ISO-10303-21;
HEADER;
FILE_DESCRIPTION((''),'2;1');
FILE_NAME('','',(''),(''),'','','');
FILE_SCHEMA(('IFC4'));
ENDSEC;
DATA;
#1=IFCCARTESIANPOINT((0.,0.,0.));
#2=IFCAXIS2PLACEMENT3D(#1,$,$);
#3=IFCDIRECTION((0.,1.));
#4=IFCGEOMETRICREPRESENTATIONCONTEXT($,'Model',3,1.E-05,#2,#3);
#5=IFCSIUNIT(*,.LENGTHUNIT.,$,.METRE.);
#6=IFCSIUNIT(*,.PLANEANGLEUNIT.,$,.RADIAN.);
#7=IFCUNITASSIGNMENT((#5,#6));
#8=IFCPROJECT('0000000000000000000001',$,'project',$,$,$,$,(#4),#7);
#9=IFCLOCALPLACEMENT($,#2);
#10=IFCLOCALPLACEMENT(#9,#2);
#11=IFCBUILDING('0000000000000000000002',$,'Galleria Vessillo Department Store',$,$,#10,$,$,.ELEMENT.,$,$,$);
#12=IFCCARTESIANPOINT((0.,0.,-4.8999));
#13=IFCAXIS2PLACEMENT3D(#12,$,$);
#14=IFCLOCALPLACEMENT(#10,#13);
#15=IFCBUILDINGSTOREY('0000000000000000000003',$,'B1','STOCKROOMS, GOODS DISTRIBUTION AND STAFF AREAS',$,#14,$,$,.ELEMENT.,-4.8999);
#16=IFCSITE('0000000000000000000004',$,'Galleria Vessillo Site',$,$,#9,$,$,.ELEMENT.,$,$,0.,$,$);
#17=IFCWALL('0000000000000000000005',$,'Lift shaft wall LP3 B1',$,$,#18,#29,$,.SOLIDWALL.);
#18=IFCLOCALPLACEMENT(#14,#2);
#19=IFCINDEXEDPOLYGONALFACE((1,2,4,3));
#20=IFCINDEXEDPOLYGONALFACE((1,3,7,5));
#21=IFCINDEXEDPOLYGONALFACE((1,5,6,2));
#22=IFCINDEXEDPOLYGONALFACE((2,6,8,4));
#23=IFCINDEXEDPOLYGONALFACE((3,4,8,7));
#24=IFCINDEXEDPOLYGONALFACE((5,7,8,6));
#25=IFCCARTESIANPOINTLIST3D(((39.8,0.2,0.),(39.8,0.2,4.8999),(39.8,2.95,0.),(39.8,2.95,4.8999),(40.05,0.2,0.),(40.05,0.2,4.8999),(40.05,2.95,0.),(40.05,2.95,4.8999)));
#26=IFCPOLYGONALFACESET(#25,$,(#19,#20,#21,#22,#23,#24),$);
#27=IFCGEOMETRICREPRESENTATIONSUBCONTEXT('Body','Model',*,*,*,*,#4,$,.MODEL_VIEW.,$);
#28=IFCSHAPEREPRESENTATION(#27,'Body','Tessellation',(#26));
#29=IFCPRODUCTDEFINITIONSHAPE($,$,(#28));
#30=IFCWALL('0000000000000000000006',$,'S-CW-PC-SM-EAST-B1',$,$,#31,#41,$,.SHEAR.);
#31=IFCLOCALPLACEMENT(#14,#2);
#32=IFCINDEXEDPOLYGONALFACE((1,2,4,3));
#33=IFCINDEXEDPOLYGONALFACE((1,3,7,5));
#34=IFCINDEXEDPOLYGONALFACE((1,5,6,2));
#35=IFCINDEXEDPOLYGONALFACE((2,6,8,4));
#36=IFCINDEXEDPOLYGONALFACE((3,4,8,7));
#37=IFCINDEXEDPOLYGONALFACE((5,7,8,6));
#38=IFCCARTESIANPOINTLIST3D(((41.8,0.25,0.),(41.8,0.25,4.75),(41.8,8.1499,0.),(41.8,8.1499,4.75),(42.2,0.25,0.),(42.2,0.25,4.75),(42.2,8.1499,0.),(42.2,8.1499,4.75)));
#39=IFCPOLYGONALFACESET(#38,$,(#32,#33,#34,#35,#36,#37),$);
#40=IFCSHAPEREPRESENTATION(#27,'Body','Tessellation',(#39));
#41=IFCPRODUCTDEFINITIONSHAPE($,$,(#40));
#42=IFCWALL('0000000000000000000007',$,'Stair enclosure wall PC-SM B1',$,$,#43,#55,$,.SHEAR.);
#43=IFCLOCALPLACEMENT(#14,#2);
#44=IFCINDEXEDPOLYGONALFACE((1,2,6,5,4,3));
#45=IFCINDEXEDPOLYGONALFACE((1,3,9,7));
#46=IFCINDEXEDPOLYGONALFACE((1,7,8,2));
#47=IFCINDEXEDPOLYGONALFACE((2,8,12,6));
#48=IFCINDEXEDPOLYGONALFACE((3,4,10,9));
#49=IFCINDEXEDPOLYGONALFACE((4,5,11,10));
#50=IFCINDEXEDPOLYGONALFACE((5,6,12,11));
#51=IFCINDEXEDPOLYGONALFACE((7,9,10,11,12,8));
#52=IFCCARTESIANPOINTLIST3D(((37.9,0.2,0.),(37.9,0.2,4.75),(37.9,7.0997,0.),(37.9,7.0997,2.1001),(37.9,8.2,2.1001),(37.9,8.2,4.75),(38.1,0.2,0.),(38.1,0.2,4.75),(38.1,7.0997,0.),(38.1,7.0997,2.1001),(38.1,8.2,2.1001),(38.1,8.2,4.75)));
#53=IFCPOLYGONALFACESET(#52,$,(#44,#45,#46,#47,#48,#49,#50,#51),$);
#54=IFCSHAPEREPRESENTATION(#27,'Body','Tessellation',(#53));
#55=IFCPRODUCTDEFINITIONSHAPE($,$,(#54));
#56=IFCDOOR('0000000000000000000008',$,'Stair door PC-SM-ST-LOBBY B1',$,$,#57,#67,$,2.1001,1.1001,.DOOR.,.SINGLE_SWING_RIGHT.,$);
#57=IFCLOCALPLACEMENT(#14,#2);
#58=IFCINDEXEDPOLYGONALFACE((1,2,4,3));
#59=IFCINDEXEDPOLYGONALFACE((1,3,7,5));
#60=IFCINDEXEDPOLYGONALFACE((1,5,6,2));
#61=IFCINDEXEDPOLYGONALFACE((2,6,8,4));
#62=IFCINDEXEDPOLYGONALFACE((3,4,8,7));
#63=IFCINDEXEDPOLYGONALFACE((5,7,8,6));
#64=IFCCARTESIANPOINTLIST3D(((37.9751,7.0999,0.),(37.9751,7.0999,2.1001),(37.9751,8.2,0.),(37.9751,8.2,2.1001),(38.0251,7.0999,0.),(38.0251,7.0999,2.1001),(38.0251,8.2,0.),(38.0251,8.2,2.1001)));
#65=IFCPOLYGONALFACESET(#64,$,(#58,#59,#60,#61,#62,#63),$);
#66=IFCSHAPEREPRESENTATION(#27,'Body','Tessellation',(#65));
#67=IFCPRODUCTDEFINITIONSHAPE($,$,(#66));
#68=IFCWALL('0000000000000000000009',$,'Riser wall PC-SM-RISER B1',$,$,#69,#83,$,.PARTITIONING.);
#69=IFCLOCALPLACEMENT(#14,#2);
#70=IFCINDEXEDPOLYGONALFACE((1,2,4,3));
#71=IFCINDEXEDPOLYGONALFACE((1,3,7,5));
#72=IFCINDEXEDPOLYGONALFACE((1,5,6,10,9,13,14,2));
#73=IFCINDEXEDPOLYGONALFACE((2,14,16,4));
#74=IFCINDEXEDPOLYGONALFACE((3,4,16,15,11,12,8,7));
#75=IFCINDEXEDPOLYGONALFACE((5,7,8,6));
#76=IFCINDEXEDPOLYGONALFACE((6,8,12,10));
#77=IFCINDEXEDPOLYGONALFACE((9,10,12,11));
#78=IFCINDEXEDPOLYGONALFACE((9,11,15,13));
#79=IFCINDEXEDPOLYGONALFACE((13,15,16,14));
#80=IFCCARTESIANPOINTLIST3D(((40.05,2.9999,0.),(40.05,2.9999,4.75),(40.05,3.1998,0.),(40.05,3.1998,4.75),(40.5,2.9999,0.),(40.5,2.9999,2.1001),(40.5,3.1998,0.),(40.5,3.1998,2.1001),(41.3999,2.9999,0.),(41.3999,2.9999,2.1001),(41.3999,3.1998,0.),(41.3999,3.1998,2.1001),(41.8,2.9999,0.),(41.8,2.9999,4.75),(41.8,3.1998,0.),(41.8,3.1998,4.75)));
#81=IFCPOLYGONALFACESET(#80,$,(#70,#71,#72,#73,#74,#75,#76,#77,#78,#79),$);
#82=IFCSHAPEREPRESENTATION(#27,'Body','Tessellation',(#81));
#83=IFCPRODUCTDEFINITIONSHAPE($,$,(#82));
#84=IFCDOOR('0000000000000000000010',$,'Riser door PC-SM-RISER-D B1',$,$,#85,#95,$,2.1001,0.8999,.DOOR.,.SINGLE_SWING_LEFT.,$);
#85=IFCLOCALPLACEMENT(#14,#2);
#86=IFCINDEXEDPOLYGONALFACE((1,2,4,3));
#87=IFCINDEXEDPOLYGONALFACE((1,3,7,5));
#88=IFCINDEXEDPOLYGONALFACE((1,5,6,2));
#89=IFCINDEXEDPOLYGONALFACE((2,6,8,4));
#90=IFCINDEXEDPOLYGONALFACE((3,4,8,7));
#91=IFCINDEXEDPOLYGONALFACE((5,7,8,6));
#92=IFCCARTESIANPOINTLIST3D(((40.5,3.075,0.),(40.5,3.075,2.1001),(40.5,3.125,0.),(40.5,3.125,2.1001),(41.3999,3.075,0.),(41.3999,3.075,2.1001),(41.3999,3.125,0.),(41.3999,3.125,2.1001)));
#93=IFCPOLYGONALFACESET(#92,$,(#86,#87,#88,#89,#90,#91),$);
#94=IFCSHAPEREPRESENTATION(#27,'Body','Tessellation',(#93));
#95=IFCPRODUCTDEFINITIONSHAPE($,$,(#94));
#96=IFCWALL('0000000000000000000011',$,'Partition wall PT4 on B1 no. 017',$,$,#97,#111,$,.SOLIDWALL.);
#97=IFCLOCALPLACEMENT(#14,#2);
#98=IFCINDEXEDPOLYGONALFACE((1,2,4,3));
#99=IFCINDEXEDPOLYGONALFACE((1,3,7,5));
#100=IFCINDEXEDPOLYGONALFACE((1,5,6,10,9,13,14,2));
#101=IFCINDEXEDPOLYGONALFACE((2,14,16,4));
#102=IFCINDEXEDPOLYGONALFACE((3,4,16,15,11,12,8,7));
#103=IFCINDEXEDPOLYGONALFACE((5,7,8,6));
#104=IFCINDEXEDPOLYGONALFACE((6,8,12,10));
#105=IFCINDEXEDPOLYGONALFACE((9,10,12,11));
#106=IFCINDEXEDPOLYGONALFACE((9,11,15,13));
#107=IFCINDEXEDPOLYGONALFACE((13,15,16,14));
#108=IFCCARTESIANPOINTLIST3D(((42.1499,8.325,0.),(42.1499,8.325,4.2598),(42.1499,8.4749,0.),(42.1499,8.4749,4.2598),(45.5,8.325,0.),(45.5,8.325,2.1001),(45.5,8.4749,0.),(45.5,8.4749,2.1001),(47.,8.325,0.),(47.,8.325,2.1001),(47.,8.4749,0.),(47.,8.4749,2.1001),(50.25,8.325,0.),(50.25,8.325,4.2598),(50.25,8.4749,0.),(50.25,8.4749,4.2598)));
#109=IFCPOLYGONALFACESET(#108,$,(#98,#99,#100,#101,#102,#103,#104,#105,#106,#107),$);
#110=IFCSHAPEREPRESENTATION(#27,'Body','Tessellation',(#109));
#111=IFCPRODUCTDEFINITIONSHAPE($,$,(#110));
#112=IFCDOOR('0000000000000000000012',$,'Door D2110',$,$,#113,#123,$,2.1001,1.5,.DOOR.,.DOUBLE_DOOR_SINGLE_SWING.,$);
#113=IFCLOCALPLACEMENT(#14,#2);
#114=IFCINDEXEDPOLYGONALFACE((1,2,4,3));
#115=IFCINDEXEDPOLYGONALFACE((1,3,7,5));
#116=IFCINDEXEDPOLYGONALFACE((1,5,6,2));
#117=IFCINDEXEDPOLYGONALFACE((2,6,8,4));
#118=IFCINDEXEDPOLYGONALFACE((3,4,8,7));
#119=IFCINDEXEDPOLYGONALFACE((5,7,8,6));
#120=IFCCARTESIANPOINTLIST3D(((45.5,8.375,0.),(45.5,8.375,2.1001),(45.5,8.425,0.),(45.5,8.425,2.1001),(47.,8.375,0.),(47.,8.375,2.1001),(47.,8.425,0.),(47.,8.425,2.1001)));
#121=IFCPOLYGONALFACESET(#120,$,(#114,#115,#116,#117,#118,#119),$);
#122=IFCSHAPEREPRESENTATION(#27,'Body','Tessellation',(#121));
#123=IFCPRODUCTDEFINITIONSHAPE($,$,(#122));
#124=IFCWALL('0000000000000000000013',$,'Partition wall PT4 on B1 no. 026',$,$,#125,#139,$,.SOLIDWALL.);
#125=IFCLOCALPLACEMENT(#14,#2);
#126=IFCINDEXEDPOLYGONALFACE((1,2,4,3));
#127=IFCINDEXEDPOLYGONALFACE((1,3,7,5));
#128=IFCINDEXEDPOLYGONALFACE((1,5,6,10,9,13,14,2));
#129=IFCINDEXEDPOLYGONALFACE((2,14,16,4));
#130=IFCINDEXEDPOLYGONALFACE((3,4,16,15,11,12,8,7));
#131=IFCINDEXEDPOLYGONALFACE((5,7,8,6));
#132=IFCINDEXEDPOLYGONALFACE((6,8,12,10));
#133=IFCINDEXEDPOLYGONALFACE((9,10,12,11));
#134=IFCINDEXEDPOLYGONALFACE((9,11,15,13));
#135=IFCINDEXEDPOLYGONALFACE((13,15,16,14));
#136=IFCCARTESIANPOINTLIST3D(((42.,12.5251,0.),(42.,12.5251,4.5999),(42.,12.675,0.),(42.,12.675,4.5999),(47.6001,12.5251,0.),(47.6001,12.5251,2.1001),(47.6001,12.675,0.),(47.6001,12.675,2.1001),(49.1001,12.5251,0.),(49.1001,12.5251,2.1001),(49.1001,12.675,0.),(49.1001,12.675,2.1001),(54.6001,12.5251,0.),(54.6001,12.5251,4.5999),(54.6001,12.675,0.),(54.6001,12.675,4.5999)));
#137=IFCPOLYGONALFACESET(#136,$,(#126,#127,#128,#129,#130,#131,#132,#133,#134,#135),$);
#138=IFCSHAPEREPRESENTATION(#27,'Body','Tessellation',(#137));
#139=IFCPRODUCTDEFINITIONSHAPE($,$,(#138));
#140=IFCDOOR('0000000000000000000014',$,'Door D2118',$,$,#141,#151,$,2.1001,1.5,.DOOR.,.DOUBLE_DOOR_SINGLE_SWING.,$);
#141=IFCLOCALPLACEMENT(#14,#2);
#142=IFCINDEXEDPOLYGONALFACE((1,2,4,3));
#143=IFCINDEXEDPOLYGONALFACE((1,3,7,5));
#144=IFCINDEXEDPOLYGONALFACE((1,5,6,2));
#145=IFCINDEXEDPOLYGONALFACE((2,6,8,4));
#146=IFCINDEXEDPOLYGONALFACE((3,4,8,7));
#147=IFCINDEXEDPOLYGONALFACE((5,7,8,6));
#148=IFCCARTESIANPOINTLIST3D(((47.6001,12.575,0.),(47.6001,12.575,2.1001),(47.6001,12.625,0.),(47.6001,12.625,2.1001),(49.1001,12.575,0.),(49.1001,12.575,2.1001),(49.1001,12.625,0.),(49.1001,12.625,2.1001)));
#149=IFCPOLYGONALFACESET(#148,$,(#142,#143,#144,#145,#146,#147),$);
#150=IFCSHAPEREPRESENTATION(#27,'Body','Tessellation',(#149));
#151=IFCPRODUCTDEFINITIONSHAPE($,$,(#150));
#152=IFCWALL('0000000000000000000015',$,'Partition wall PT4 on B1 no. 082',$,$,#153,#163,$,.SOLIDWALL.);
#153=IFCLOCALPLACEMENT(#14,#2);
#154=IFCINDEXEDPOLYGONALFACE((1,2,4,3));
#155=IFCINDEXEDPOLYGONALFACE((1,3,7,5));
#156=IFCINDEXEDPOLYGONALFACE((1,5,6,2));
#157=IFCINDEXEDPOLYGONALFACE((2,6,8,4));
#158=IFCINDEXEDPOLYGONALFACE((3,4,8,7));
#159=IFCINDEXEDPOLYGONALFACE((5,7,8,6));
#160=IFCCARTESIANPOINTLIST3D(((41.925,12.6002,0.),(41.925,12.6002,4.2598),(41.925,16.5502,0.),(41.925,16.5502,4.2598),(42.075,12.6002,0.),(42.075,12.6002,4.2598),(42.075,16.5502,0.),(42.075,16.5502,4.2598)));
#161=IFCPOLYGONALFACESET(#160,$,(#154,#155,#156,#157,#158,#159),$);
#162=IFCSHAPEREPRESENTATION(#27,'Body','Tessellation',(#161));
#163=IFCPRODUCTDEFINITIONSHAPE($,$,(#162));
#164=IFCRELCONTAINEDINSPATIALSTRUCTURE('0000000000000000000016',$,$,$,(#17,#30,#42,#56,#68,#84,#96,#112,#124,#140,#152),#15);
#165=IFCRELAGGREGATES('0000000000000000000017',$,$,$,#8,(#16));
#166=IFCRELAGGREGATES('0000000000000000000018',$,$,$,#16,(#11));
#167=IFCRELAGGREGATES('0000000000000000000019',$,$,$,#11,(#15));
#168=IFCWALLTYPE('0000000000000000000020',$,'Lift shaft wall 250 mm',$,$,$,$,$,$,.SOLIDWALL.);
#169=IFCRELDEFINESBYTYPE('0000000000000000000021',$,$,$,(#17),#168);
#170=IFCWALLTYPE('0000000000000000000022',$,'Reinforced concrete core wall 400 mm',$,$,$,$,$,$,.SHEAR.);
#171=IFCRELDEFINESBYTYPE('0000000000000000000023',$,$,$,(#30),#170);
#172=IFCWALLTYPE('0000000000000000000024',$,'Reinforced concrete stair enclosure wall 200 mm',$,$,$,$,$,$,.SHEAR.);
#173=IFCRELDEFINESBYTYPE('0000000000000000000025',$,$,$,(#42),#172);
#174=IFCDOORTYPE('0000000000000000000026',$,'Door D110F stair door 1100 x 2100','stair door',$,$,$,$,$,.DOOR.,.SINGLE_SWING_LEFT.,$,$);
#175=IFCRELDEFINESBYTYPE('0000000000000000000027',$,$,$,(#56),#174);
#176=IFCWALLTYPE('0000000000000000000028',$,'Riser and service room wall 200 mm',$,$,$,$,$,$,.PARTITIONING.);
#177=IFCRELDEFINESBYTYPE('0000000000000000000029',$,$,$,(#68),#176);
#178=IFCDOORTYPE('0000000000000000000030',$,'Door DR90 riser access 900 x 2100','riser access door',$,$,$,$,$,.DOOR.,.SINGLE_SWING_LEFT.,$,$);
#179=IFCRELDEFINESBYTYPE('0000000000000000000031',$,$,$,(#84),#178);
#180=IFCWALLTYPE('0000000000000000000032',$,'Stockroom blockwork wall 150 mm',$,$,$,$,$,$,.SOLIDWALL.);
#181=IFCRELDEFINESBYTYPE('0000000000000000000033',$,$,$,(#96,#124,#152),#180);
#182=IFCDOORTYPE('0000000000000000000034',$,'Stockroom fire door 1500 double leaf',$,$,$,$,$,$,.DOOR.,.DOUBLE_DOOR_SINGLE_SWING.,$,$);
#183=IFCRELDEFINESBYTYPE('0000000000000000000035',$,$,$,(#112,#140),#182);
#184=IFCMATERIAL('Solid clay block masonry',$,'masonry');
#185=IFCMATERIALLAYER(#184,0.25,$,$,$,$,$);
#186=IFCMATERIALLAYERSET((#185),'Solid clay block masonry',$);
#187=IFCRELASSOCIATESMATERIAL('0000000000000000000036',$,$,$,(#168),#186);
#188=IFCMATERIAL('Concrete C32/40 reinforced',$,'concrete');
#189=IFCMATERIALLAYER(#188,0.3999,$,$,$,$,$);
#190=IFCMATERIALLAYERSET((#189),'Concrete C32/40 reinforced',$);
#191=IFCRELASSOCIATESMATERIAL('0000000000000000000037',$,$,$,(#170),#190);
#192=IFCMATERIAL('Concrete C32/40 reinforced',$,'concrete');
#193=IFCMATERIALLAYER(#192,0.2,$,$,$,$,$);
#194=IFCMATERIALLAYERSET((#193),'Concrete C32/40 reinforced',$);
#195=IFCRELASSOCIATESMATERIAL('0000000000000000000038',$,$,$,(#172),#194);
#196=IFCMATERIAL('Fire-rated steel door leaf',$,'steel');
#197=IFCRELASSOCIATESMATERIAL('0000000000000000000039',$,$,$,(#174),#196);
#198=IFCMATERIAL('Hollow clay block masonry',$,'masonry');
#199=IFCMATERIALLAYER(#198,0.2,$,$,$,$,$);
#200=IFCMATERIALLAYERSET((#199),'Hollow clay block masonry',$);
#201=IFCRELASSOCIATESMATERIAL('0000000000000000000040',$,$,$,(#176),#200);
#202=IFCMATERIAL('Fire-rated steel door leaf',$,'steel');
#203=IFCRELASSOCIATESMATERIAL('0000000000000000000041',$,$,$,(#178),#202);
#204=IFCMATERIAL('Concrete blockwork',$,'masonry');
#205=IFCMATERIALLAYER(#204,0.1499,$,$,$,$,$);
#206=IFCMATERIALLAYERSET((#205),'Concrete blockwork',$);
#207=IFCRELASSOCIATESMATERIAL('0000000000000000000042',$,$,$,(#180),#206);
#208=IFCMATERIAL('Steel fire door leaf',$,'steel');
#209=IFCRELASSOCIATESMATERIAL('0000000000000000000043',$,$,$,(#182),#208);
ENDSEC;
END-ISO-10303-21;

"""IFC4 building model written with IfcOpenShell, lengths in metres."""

from ifc_helpers import new_model, si_unit, direction, frame, frame_2d, origin, place, context, subcontext, project, spatial, rectangle, extrude, material, layer, layer_set, type_object, element, fill, save


model = new_model("IFC4")

# Units and contexts
model_context = context("Model", 3, precision=1e-05, world=origin(), true_north=direction((0.0, 1.0)))
body_context = subcontext(model_context, "Body", "Model", "MODEL_VIEW")
ifc_project = project(units=[si_unit("LENGTHUNIT", "METRE"), si_unit("PLANEANGLEUNIT", "RADIAN")], contexts=[model_context])

# Site, building, storey
site_placement = place(None, origin())
site = spatial("IfcSite", under=ifc_project, at=site_placement, Name="Galleria Vessillo Site", CompositionType="ELEMENT", RefElevation=0.0)
building_placement = place(site_placement, origin())
building = spatial("IfcBuilding", under=site, at=building_placement, Name="Galleria Vessillo Department Store", CompositionType="ELEMENT")
storey_placement = place(building_placement, frame((0.0, 0.0, -4.8999)))
storey = spatial("IfcBuildingStorey", under=building, at=storey_placement, Name="B1", Description="STOCKROOMS, GOODS DISTRIBUTION AND STAFF AREAS", CompositionType="ELEMENT", Elevation=-4.8999)

# Shared definitions
ifc_material_1 = material(Name="Solid clay block masonry", Category="masonry")
ifc_layer_1 = layer(ifc_material_1, 0.25)
ifc_layer_set_1 = layer_set([ifc_layer_1], Name="Solid clay block masonry")
wall_type_1 = type_object("IfcWallType", Name="Lift shaft wall 250 mm", PredefinedType="SOLIDWALL", material=ifc_layer_set_1)

# Walls
wall_1_placement = place(storey_placement, frame((39.925, 0.2, 0.0), z_axis=(0.0, 0.0, 1.0), x_axis=(0.0, 1.0, 0.0)))
element("IfcWall", 1, at=wall_1_placement, inside=storey, type_object=wall_type_1, Name="Lift shaft wall LP3 B1", PredefinedType="SOLIDWALL", context=body_context, shape_type="SweptSolid", body=[
    extrude(rectangle(XDim=2.75, YDim=0.25, at=frame_2d((1.375, 0.0))), origin(), (0.0, 0.0, 1.0), 4.8999),
])
ifc_material_2 = material(Name="Concrete C32/40 reinforced", Category="concrete")
ifc_layer_2 = layer(ifc_material_2, 0.3999)
ifc_layer_set_2 = layer_set([ifc_layer_2], Name="Concrete C32/40 reinforced")
wall_type_2 = type_object("IfcWallType", Name="Reinforced concrete core wall 400 mm", PredefinedType="SHEAR", material=ifc_layer_set_2)
wall_2_placement = place(storey_placement, frame((42.0, 0.25, 0.0), z_axis=(0.0, 0.0, 1.0), x_axis=(0.0, 1.0, 0.0)))
element("IfcWall", 2, at=wall_2_placement, inside=storey, type_object=wall_type_2, Name="S-CW-PC-SM-EAST-B1", PredefinedType="SHEAR", context=body_context, shape_type="SweptSolid", body=[
    extrude(rectangle(XDim=7.8999, YDim=0.3999, at=frame_2d((3.95, 0.0))), origin(), (0.0, 0.0, 1.0), 4.75),
])

# Walls, openings, doors
ifc_material_3 = material(Name="Concrete C32/40 reinforced", Category="concrete")
ifc_layer_3 = layer(ifc_material_3, 0.2)
ifc_layer_set_3 = layer_set([ifc_layer_3], Name="Concrete C32/40 reinforced")
wall_type_3 = type_object("IfcWallType", Name="Reinforced concrete stair enclosure wall 200 mm", PredefinedType="SHEAR", material=ifc_layer_set_3)
wall_3_placement = place(storey_placement, frame((38.0, 0.2, 0.0), z_axis=(0.0, 0.0, 1.0), x_axis=(0.0, 1.0, 0.0)))
wall_3 = element("IfcWall", 3, at=wall_3_placement, inside=storey, type_object=wall_type_3, Name="Stair enclosure wall PC-SM B1", PredefinedType="SHEAR", context=body_context, shape_type="SweptSolid", body=[
    extrude(rectangle(XDim=8.0, YDim=0.2, at=frame_2d((4.0, 0.0))), origin(), (0.0, 0.0, 1.0), 4.75),
])
opening_1_placement = place(wall_3_placement, frame((6.8999, 0.0, 0.0)))
opening_1 = element("IfcOpeningElement", 4, at=opening_1_placement, cuts=wall_3, PredefinedType="OPENING", context=body_context, shape_type="SweptSolid", body=[
    extrude(rectangle(XDim=1.1101, YDim=2.1001, at=frame_2d((0.5549, 1.05))), frame((0.0, 0.1099, 0.0), z_axis=(0.0, -1.0, 0.0), x_axis=(1.0, 0.0, 0.0)), (0.0, 0.0, 1.0), 0.22),
])
ifc_material_4 = material(Name="Fire-rated steel door leaf", Category="steel")
door_type_1 = type_object("IfcDoorType", Name="Door D110F stair door 1100 x 2100", Description="stair door", OperationType="SINGLE_SWING_LEFT", PredefinedType="DOOR", material=ifc_material_4)
door_1_placement = place(opening_1_placement, origin())
door_1 = element("IfcDoor", 5, at=door_1_placement, inside=storey, type_object=door_type_1, Name="Stair door PC-SM-ST-LOBBY B1", OperationType="SINGLE_SWING_RIGHT", OverallHeight=2.1001, OverallWidth=1.1001, PredefinedType="DOOR", context=body_context, shape_type="SweptSolid", body=[
    extrude(rectangle(XDim=1.1001, YDim=2.1001, at=frame_2d((0.55, 1.05))), frame((0.0, 0.0249, 0.0), z_axis=(0.0, -1.0, 0.0), x_axis=(1.0, 0.0, 0.0)), (0.0, 0.0, 1.0), 0.05),
])
fill(opening_1, door_1)
ifc_material_5 = material(Name="Hollow clay block masonry", Category="masonry")
ifc_layer_4 = layer(ifc_material_5, 0.2)
ifc_layer_set_4 = layer_set([ifc_layer_4], Name="Hollow clay block masonry")
wall_type_4 = type_object("IfcWallType", Name="Riser and service room wall 200 mm", PredefinedType="PARTITIONING", material=ifc_layer_set_4)
wall_4_placement = place(storey_placement, frame((40.05, 3.0999, 0.0), z_axis=(0.0, 0.0, 1.0), x_axis=(1.0, 0.0, 0.0)))
wall_4 = element("IfcWall", 6, at=wall_4_placement, inside=storey, type_object=wall_type_4, Name="Riser wall PC-SM-RISER B1", PredefinedType="PARTITIONING", context=body_context, shape_type="SweptSolid", body=[
    extrude(rectangle(XDim=1.75, YDim=0.2, at=frame_2d((0.875, 0.0))), origin(), (0.0, 0.0, 1.0), 4.75),
])
opening_2_placement = place(wall_4_placement, frame((0.45, 0.0, 0.0)))
opening_2 = element("IfcOpeningElement", 7, at=opening_2_placement, cuts=wall_4, PredefinedType="OPENING", context=body_context, shape_type="SweptSolid", body=[
    extrude(rectangle(XDim=0.8999, YDim=2.1001, at=frame_2d((0.45, 1.05))), frame((0.0, 0.1099, 0.0), z_axis=(0.0, -1.0, 0.0), x_axis=(1.0, 0.0, 0.0)), (0.0, 0.0, 1.0), 0.22),
])
ifc_material_6 = material(Name="Fire-rated steel door leaf", Category="steel")
door_type_2 = type_object("IfcDoorType", Name="Door DR90 riser access 900 x 2100", Description="riser access door", OperationType="SINGLE_SWING_LEFT", PredefinedType="DOOR", material=ifc_material_6)
door_2_placement = place(opening_2_placement, frame((0.8999, 0.0, 0.0), z_axis=(0.0, 0.0, 1.0), x_axis=(-1.0, 0.0, 0.0)))
door_2 = element("IfcDoor", 8, at=door_2_placement, inside=storey, type_object=door_type_2, Name="Riser door PC-SM-RISER-D B1", OperationType="SINGLE_SWING_LEFT", OverallHeight=2.1001, OverallWidth=0.8999, PredefinedType="DOOR", context=body_context, shape_type="SweptSolid", body=[
    extrude(rectangle(XDim=0.8999, YDim=2.1001, at=frame_2d((0.45, 1.05))), frame((0.0, 0.0249, 0.0), z_axis=(0.0, -1.0, 0.0), x_axis=(1.0, 0.0, 0.0)), (0.0, 0.0, 1.0), 0.05),
])
fill(opening_2, door_2)
ifc_material_7 = material(Name="Concrete blockwork", Category="masonry")
ifc_layer_5 = layer(ifc_material_7, 0.1499)
ifc_layer_set_5 = layer_set([ifc_layer_5], Name="Concrete blockwork")
wall_type_5 = type_object("IfcWallType", Name="Stockroom blockwork wall 150 mm", PredefinedType="SOLIDWALL", material=ifc_layer_set_5)
wall_5_placement = place(storey_placement, frame((42.1499, 8.3999, 0.0), z_axis=(0.0, 0.0, 1.0), x_axis=(1.0, 0.0, 0.0)))
wall_5 = element("IfcWall", 9, at=wall_5_placement, inside=storey, type_object=wall_type_5, Name="Partition wall PT4 on B1 no. 017", PredefinedType="SOLIDWALL", context=body_context, shape_type="SweptSolid", body=[
    extrude(rectangle(XDim=8.1001, YDim=0.1499, at=frame_2d((4.05, 0.0))), origin(), (0.0, 0.0, 1.0), 4.2598),
])
opening_3_placement = place(wall_5_placement, frame((3.3501, 0.0, 0.0)))
opening_3 = element("IfcOpeningElement", 10, at=opening_3_placement, cuts=wall_5, PredefinedType="OPENING", context=body_context, shape_type="SweptSolid", body=[
    extrude(rectangle(XDim=1.5, YDim=2.1001, at=frame_2d((0.75, 1.05))), frame((0.0, 0.085, 0.0), z_axis=(0.0, -1.0, 0.0), x_axis=(1.0, 0.0, 0.0)), (0.0, 0.0, 1.0), 0.1699),
])
ifc_material_8 = material(Name="Steel fire door leaf", Category="steel")
door_type_3 = type_object("IfcDoorType", Name="Stockroom fire door 1500 double leaf", OperationType="DOUBLE_DOOR_SINGLE_SWING", PredefinedType="DOOR", material=ifc_material_8)
door_3_placement = place(opening_3_placement, frame((1.5, 0.0, 0.0), z_axis=(0.0, 0.0, 1.0), x_axis=(-1.0, 0.0, 0.0)))
door_3 = element("IfcDoor", 11, at=door_3_placement, inside=storey, type_object=door_type_3, Name="Door D2110", OperationType="DOUBLE_DOOR_SINGLE_SWING", OverallHeight=2.1001, OverallWidth=1.5, PredefinedType="DOOR", context=body_context, shape_type="SweptSolid", body=[
    extrude(rectangle(XDim=1.5, YDim=2.1001, at=frame_2d((0.75, 1.05))), frame((0.0, 0.0249, 0.0), z_axis=(0.0, -1.0, 0.0), x_axis=(1.0, 0.0, 0.0)), (0.0, 0.0, 1.0), 0.05),
])
fill(opening_3, door_3)
wall_6_placement = place(storey_placement, frame((42.0, 12.6001, 0.0), z_axis=(0.0, 0.0, 1.0), x_axis=(1.0, 0.0, 0.0)))
wall_6 = element("IfcWall", 12, at=wall_6_placement, inside=storey, type_object=wall_type_5, Name="Partition wall PT4 on B1 no. 026", PredefinedType="SOLIDWALL", context=body_context, shape_type="SweptSolid", body=[
    extrude(rectangle(XDim=12.6001, YDim=0.1499, at=frame_2d((6.3, 0.0))), origin(), (0.0, 0.0, 1.0), 4.5999),
])
opening_4_placement = place(wall_6_placement, frame((5.6001, 0.0, 0.0)))
opening_4 = element("IfcOpeningElement", 13, at=opening_4_placement, cuts=wall_6, PredefinedType="OPENING", context=body_context, shape_type="SweptSolid", body=[
    extrude(rectangle(XDim=1.5, YDim=2.1001, at=frame_2d((0.75, 1.05))), frame((0.0, 0.085, 0.0), z_axis=(0.0, -1.0, 0.0), x_axis=(1.0, 0.0, 0.0)), (0.0, 0.0, 1.0), 0.1699),
])
door_4_placement = place(opening_4_placement, origin())
door_4 = element("IfcDoor", 14, at=door_4_placement, inside=storey, type_object=door_type_3, Name="Door D2118", OperationType="DOUBLE_DOOR_SINGLE_SWING", OverallHeight=2.1001, OverallWidth=1.5, PredefinedType="DOOR", context=body_context, shape_type="SweptSolid", body=[
    extrude(rectangle(XDim=1.5, YDim=2.1001, at=frame_2d((0.75, 1.05))), frame((0.0, 0.0249, 0.0), z_axis=(0.0, -1.0, 0.0), x_axis=(1.0, 0.0, 0.0)), (0.0, 0.0, 1.0), 0.05),
])
fill(opening_4, door_4)

# Wall
wall_7_placement = place(storey_placement, frame((42.0, 12.6001, 0.0), z_axis=(0.0, 0.0, 1.0), x_axis=(0.0, 1.0, 0.0)))
element("IfcWall", 15, at=wall_7_placement, inside=storey, type_object=wall_type_5, Name="Partition wall PT4 on B1 no. 082", PredefinedType="SOLIDWALL", context=body_context, shape_type="SweptSolid", body=[
    extrude(rectangle(XDim=3.95, YDim=0.1499, at=frame_2d((1.9751, 0.0))), origin(), (0.0, 0.0, 1.0), 4.2598),
])

save(model, "model.ifc")
